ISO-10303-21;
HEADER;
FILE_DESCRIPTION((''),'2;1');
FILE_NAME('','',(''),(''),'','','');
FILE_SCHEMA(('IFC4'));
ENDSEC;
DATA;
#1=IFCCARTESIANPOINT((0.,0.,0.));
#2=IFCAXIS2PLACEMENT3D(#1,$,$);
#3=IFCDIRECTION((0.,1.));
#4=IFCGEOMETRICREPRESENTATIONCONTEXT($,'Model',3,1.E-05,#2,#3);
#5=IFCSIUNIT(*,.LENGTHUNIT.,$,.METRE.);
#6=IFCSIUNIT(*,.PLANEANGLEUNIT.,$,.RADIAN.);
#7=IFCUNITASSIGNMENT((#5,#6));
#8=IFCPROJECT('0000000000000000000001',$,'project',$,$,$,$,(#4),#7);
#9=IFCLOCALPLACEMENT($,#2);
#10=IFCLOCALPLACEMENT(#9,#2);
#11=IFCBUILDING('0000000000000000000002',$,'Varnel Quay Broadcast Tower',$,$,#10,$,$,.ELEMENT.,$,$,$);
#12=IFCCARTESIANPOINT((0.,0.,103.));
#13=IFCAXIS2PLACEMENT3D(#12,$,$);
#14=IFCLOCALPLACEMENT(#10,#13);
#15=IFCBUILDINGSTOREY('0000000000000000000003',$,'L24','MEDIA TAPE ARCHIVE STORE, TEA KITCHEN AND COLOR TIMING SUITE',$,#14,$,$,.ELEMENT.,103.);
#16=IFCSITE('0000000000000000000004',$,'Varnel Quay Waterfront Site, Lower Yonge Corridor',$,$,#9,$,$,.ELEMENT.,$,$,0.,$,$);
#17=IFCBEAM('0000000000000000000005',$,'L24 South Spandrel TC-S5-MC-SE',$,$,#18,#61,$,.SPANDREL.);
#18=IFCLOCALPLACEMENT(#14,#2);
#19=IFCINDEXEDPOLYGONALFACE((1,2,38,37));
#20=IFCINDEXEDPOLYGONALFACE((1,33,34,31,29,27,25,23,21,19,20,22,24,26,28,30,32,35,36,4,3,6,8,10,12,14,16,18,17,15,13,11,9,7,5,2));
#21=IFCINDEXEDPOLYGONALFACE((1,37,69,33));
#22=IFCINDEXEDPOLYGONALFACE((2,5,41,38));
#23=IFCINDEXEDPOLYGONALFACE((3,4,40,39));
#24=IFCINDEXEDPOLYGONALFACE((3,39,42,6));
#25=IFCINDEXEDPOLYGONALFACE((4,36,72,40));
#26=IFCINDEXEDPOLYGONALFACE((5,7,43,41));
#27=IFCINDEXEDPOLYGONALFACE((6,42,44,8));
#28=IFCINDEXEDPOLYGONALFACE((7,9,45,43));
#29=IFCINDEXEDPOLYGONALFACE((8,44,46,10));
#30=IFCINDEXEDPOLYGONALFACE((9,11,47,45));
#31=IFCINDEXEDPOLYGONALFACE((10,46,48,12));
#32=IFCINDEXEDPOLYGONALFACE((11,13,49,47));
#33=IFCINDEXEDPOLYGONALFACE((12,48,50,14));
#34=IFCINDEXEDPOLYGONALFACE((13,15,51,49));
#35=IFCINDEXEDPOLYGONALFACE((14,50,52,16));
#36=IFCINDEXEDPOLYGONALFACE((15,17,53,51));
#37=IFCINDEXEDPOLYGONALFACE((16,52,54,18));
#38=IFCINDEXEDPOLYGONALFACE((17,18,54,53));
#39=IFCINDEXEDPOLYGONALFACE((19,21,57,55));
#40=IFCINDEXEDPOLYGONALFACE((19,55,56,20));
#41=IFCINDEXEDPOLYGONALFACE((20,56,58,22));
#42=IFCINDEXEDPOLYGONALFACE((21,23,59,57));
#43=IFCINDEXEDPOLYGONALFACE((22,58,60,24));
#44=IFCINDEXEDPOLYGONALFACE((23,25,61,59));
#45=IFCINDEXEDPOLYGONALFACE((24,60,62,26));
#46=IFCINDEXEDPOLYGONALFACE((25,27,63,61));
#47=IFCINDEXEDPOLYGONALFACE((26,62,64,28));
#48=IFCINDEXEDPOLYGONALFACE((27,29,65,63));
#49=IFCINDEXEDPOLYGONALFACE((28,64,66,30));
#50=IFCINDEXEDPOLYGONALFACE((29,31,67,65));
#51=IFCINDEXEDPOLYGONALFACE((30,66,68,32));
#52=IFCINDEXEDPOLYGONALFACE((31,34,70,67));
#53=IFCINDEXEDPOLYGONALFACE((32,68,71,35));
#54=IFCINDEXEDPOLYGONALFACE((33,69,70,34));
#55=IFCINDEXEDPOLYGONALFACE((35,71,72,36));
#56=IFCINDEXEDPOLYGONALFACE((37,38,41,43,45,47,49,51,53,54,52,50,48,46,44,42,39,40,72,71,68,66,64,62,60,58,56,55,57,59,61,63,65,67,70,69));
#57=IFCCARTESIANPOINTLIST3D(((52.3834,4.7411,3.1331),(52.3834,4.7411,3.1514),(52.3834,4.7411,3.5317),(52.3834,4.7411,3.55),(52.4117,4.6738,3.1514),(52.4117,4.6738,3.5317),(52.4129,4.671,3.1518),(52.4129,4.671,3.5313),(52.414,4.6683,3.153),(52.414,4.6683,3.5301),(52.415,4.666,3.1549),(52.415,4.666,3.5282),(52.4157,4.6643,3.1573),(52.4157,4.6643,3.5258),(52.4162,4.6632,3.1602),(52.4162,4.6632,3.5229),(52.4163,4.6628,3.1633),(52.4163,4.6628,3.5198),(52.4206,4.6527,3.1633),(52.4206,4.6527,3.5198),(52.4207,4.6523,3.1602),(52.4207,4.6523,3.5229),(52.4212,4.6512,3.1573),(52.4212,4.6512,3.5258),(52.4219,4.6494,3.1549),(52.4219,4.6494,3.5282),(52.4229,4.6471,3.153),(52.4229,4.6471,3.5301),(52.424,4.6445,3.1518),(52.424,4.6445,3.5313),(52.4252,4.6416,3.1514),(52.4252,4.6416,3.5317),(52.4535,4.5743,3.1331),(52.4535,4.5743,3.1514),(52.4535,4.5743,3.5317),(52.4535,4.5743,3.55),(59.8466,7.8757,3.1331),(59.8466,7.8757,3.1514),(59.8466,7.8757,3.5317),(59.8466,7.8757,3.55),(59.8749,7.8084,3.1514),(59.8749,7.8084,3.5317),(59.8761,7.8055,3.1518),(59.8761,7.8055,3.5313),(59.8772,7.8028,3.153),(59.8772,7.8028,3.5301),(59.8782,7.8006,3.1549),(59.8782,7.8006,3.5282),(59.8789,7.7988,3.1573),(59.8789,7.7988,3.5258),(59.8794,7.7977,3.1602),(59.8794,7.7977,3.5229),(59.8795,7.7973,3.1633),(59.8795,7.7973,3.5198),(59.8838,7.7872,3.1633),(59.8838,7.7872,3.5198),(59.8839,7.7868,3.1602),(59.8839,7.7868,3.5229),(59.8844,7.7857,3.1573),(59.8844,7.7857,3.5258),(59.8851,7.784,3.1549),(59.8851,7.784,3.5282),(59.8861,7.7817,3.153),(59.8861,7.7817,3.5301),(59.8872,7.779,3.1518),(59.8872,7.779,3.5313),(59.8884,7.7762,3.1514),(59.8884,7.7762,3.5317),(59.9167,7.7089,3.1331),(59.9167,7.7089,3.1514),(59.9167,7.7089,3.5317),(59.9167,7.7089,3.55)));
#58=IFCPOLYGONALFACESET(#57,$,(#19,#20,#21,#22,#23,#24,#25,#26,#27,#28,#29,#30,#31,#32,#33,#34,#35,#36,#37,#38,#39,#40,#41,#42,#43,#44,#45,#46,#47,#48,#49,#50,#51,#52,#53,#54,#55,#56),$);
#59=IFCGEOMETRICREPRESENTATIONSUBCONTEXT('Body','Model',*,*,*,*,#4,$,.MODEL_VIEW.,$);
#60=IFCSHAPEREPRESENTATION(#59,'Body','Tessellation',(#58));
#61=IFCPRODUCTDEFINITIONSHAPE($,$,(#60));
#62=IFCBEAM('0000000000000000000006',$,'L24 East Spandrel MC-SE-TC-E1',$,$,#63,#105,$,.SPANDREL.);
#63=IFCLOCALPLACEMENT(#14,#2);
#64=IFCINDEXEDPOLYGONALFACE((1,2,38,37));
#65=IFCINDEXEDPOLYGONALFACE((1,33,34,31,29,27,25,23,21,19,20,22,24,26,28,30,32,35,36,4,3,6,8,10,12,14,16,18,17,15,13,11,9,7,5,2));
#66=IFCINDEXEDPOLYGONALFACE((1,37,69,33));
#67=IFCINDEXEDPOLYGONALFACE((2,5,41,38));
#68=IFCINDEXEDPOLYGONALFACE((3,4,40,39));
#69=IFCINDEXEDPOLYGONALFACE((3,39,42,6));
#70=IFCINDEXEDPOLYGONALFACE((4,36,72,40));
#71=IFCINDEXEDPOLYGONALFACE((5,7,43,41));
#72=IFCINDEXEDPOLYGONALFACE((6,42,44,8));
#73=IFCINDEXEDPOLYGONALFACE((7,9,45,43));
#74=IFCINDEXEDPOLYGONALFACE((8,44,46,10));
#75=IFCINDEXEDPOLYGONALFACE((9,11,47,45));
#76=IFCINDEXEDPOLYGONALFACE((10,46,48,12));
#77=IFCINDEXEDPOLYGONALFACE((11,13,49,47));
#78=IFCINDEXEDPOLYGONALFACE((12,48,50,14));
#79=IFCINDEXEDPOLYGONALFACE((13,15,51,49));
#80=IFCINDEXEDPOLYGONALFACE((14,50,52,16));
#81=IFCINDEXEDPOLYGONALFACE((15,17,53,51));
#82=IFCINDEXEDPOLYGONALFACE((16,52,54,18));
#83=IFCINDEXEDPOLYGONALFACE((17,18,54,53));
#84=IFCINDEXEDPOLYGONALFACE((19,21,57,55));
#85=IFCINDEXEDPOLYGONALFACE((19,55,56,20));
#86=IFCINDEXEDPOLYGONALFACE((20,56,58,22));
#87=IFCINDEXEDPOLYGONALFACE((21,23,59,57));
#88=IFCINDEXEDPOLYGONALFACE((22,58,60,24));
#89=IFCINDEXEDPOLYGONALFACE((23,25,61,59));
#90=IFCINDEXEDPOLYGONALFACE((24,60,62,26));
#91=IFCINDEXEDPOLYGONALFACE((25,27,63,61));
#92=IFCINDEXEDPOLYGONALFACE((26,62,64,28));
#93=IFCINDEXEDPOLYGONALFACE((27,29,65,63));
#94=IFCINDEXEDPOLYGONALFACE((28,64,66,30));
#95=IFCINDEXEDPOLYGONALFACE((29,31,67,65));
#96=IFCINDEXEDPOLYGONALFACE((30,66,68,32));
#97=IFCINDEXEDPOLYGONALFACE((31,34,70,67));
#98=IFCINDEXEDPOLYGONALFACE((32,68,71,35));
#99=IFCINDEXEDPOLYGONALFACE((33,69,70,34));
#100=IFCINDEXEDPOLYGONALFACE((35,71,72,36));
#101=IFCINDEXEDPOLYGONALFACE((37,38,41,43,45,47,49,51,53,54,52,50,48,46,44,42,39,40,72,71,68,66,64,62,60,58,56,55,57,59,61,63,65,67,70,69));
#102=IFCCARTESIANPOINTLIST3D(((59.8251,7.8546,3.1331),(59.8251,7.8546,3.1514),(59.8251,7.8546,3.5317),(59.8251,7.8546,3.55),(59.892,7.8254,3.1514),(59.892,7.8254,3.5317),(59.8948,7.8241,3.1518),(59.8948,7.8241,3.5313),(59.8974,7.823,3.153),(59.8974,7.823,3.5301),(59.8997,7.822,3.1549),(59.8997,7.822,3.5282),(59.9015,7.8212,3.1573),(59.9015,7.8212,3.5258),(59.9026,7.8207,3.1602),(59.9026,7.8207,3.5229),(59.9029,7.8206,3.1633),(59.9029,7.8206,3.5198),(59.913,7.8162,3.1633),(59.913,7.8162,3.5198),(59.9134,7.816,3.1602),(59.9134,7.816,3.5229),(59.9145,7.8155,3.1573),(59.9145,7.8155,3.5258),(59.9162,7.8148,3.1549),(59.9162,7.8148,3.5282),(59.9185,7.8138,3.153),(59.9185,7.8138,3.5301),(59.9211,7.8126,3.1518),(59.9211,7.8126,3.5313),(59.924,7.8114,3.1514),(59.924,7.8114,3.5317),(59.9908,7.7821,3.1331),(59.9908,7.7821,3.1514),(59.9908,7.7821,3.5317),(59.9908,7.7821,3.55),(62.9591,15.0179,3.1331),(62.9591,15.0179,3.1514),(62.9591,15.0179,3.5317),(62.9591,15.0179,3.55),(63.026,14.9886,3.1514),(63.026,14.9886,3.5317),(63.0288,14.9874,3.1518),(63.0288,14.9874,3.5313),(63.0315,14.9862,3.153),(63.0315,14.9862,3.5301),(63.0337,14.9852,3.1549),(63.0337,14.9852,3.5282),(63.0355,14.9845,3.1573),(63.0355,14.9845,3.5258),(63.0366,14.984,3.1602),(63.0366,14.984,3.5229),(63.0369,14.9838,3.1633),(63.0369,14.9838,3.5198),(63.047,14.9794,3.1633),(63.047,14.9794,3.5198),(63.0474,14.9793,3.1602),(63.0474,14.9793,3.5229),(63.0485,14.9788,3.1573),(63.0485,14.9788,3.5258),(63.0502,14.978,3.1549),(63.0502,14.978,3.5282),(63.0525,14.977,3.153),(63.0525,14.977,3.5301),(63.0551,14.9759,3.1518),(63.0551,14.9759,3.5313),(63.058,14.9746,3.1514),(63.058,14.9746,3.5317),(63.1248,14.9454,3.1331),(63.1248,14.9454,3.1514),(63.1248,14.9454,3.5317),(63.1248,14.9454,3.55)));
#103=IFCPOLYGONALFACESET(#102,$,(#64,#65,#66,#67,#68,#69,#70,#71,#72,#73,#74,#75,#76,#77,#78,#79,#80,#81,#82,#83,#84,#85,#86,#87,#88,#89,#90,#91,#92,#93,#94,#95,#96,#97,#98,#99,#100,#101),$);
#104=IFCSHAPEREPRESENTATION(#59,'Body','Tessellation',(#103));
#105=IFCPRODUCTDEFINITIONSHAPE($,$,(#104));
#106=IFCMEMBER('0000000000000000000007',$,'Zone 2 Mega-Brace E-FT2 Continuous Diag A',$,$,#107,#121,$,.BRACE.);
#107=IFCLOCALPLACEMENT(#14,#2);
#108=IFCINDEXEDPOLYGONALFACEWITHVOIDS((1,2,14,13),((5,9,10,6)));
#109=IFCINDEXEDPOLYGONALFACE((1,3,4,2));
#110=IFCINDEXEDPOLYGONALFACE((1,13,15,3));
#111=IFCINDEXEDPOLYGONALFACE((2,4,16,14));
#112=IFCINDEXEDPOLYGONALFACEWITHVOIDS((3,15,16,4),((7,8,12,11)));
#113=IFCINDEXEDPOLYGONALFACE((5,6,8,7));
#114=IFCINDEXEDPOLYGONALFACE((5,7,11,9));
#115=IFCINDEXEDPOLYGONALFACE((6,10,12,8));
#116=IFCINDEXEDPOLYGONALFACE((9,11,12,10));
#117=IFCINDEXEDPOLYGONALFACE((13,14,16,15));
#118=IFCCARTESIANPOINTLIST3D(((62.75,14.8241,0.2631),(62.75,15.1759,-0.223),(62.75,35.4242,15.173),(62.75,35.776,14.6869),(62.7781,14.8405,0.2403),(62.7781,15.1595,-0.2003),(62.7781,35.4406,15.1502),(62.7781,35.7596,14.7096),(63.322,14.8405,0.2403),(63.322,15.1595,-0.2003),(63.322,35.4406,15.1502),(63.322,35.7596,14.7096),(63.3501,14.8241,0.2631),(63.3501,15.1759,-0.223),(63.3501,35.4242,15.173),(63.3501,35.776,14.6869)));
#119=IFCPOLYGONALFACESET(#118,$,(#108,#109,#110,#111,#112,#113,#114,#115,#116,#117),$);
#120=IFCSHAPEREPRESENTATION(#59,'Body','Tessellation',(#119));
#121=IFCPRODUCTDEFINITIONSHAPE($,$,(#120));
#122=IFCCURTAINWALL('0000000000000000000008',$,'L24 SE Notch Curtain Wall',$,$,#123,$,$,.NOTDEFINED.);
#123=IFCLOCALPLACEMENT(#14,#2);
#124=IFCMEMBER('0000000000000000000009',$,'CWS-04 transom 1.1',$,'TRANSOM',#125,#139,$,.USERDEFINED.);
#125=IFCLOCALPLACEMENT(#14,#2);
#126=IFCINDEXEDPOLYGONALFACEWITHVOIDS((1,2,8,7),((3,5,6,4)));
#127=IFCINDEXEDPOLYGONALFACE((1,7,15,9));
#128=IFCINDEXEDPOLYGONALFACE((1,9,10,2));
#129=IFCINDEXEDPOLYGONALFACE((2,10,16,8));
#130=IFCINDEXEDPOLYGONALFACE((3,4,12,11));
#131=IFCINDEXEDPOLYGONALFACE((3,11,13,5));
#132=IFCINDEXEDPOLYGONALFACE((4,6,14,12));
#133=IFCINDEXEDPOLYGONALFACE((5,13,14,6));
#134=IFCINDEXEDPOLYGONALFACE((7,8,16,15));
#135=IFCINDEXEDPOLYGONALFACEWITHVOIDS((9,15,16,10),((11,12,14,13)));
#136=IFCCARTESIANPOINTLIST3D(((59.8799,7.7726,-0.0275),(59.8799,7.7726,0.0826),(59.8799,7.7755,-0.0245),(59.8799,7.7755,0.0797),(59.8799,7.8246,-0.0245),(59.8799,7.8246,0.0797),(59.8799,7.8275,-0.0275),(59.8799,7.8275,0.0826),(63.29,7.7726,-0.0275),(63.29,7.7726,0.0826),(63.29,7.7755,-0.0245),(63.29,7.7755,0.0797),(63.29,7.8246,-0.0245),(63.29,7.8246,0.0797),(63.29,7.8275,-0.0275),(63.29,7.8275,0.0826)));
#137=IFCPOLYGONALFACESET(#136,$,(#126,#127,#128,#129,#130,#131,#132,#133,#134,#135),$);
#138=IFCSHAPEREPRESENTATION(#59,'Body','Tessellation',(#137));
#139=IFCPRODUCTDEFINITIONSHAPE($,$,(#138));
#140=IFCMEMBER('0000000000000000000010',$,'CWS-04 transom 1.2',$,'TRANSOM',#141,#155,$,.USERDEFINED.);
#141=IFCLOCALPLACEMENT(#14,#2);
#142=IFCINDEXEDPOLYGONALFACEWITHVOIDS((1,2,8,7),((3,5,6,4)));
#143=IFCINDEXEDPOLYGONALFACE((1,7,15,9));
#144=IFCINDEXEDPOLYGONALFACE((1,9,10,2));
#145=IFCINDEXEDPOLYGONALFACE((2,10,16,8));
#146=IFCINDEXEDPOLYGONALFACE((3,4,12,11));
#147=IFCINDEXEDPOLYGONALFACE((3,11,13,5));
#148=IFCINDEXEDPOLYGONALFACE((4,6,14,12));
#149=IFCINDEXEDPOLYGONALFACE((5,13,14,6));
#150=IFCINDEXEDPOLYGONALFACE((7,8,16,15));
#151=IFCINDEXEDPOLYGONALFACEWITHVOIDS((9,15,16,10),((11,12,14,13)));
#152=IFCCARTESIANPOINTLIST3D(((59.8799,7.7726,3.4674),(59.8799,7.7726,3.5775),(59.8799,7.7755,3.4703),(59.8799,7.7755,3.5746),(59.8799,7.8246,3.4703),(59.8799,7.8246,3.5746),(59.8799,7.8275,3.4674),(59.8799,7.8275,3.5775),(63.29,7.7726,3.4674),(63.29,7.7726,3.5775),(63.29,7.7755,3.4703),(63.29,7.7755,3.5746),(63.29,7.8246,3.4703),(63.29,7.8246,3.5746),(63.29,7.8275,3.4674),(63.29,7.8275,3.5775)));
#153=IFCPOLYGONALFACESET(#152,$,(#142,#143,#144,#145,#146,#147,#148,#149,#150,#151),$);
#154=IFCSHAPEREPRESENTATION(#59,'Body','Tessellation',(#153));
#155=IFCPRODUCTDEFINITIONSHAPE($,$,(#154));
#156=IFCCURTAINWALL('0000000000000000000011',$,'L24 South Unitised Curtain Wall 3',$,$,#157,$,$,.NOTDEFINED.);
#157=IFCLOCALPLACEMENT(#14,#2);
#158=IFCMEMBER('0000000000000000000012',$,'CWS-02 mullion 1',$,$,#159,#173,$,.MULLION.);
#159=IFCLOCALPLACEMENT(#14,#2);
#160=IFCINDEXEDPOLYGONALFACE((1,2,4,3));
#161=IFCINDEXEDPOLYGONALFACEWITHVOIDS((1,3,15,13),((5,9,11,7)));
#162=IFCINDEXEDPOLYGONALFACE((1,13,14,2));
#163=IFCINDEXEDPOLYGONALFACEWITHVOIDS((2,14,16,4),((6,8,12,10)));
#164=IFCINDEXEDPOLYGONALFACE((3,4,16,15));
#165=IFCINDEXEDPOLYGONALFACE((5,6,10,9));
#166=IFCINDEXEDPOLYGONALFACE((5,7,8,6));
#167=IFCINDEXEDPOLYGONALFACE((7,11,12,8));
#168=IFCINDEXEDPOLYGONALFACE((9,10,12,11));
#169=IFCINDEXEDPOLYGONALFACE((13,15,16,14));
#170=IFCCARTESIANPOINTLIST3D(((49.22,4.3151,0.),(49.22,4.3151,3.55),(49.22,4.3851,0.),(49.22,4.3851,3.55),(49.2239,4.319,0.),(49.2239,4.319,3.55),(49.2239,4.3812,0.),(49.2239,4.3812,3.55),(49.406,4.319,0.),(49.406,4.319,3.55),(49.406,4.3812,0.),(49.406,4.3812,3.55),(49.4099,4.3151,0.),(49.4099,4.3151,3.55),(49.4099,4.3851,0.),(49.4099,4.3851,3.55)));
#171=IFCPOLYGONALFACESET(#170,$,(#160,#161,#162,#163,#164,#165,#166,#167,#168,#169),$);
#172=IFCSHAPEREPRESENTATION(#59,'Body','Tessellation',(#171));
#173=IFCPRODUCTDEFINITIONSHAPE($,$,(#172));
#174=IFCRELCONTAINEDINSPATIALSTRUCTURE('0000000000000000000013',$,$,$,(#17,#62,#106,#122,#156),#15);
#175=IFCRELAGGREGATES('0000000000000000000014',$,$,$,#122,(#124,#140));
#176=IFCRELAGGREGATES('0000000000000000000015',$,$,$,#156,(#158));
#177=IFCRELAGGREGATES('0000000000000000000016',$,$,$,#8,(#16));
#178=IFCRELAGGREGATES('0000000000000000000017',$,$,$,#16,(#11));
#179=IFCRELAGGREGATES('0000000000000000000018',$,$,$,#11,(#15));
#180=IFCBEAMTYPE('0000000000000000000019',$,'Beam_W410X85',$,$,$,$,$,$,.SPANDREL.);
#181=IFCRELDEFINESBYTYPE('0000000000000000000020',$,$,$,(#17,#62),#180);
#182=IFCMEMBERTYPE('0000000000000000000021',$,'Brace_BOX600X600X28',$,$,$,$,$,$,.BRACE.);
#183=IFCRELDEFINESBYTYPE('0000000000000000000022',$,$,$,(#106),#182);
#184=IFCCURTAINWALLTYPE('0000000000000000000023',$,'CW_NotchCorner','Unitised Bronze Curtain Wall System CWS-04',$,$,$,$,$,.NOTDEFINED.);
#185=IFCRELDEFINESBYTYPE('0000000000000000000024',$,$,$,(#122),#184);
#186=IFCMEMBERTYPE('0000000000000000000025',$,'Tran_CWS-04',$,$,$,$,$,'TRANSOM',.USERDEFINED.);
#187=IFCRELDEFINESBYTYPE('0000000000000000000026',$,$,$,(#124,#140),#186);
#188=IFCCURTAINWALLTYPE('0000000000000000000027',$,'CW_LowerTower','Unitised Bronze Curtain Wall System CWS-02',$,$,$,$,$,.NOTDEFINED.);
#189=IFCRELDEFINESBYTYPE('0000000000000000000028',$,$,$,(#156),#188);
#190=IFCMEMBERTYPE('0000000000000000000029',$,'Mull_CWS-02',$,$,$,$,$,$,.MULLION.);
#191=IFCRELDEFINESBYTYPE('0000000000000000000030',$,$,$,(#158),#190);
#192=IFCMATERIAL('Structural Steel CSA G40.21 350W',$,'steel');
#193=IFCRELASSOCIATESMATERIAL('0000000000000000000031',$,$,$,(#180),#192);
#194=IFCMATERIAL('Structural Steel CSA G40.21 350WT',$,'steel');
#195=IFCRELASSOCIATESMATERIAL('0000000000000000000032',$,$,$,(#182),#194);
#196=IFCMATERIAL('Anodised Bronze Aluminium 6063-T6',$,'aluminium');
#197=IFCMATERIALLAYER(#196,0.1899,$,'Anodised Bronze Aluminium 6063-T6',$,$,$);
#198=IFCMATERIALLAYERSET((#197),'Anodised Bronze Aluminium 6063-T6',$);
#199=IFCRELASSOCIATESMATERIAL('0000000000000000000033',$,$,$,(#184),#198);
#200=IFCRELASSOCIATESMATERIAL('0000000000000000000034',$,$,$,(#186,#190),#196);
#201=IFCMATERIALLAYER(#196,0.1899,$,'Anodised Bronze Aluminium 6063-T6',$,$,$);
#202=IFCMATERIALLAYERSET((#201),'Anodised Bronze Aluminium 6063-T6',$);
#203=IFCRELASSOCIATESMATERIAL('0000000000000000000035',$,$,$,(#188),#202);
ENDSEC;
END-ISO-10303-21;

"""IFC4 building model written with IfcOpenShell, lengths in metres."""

from ifc_helpers import new_model, si_unit, direction, frame, origin, origin_2d, place, context, subcontext, project, spatial, hollow_rectangle, i_section, extrude, source, transform, mapped, material, layer, layer_set, material_profile, profile_set, type_object, type_shapes, element, aggregate, save


model = new_model("IFC4")

# Units and contexts
model_context = context("Model", 3, precision=1e-05, world=origin(), true_north=direction((0.0, 1.0)))
body_context = subcontext(model_context, "Body", "Model", "MODEL_VIEW")
ifc_project = project(units=[si_unit("LENGTHUNIT", "METRE"), si_unit("PLANEANGLEUNIT", "RADIAN")], contexts=[model_context])

# Site, building, storey
site_placement = place(None, origin())
site = spatial("IfcSite", under=ifc_project, at=site_placement, Name="Varnel Quay Waterfront Site, Lower Yonge Corridor", CompositionType="ELEMENT", RefElevation=0.0)
building_placement = place(site_placement, origin())
building = spatial("IfcBuilding", under=site, at=building_placement, Name="Varnel Quay Broadcast Tower", CompositionType="ELEMENT")
storey_placement = place(building_placement, frame((0.0, 0.0, 103.0)))
storey = spatial("IfcBuildingStorey", under=building, at=storey_placement, Name="L24", Description="MEDIA TAPE ARCHIVE STORE, TEA KITCHEN AND COLOR TIMING SUITE", CompositionType="ELEMENT", Elevation=103.0)

# Shared definitions
ifc_material_1 = material(Name="Structural Steel CSA G40.21 350WT", Category="steel")
ifc_material_2 = material(Name="Structural Steel CSA G40.21 350W", Category="steel")

# Beams
ifc_material_profile_1 = material_profile(ifc_material_2, i_section(OverallWidth=0.1809, OverallDepth=0.417, WebThickness=0.011, FlangeThickness=0.0183, FilletRadius=0.012, at=origin_2d()), Name="W410X85")
ifc_profile_set_1 = profile_set([ifc_material_profile_1], Name="Structural Steel CSA G40.21 350W")
beam_type = type_object("IfcBeamType", Name="Beam_W410X85", PredefinedType="SPANDREL", material=ifc_profile_set_1)
shared_shape_1 = source(origin(), body_context, "Body", "SweptSolid", [
    extrude(i_section(OverallWidth=0.1809, OverallDepth=0.417, WebThickness=0.011, FlangeThickness=0.0183, FilletRadius=0.012, at=origin_2d()), origin(), (0.0, 0.0, 1.0), 8.0947),
])
beam_1_placement = place(storey_placement, frame((52.4185, 4.6577, 3.3416), z_axis=(0.921982, 0.387233, 0.0), x_axis=(-0.387233, 0.921982, 0.0)))
element("IfcBeam", 1, at=beam_1_placement, inside=storey, type_object=beam_type, Name="L24 South Spandrel TC-S5-MC-SE", PredefinedType="SPANDREL", context=body_context, shape_type="MappedRepresentation", body=[
    mapped(shared_shape_1, transform((0.0, 0.0, 0.0), x_axis=(1.0, 0.0, 0.0), y_axis=(0.0, 1.0, 0.0), z_axis=(0.0, 0.0, 1.0), scale=1.0)),
])
shared_shape_2 = source(origin(), body_context, "Body", "SweptSolid", [
    extrude(i_section(OverallWidth=0.1809, OverallDepth=0.417, WebThickness=0.011, FlangeThickness=0.0183, FilletRadius=0.012, at=origin_2d()), origin(), (0.0, 0.0, 1.0), 7.8188),
])
beam_2_placement = place(storey_placement, frame((59.908, 7.8184, 3.3416), z_axis=(0.400827, 0.916154, 0.0), x_axis=(-0.916154, 0.400827, 0.0)))
element("IfcBeam", 2, at=beam_2_placement, inside=storey, type_object=beam_type, Name="L24 East Spandrel MC-SE-TC-E1", PredefinedType="SPANDREL", context=body_context, shape_type="MappedRepresentation", body=[
    mapped(shared_shape_2, transform((0.0, 0.0, 0.0), x_axis=(1.0, 0.0, 0.0), y_axis=(0.0, 1.0, 0.0), z_axis=(0.0, 0.0, 1.0), scale=1.0)),
])

# Member
ifc_material_profile_2 = material_profile(ifc_material_1, hollow_rectangle(XDim=0.6001, YDim=0.6001, WallThickness=0.0281, at=origin_2d()), Name="BOX600X600X28")
ifc_profile_set_2 = profile_set([ifc_material_profile_2], Name="Structural Steel CSA G40.21 350WT")
member_type_1 = type_object("IfcMemberType", Name="Brace_BOX600X600X28", PredefinedType="BRACE", material=ifc_profile_set_2)
shared_shape_3 = source(origin(), body_context, "Body", "SweptSolid", [
    extrude(hollow_rectangle(XDim=0.6001, YDim=0.6001, WallThickness=0.0281, at=origin_2d()), origin(), (0.0, 0.0, 1.0), 25.4297),
])
type_shapes(member_type_1, [shared_shape_3])
member_1_placement = place(storey_placement, frame((63.05, 15.0, 0.02), z_axis=(0.0, 0.81008, 0.586319), x_axis=(-1.0, 0.0, 0.0)))
element("IfcMember", 3, at=member_1_placement, inside=storey, type_object=member_type_1, Name="Zone 2 Mega-Brace E-FT2 Continuous Diag A", PredefinedType="BRACE", context=body_context, shape_type="MappedRepresentation", body=[
    mapped(shared_shape_3, transform((0.0, 0.0, 0.0), x_axis=(1.0, 0.0, 0.0), y_axis=(0.0, 1.0, 0.0), z_axis=(0.0, 0.0, 1.0), scale=1.0)),
])

# Curtain walls, members
ifc_material_3 = material(Name="Anodised Bronze Aluminium 6063-T6", Category="aluminium")
ifc_layer_1 = layer(ifc_material_3, 0.1899, Name="Anodised Bronze Aluminium 6063-T6")
ifc_layer_set_1 = layer_set([ifc_layer_1], Name="Anodised Bronze Aluminium 6063-T6")
curtain_wall_type_1 = type_object("IfcCurtainWallType", Name="CW_NotchCorner", Description="Unitised Bronze Curtain Wall System CWS-04", PredefinedType="NOTDEFINED", material=ifc_layer_set_1)
curtain_wall_1_placement = place(storey_placement, origin())
curtain_wall_1 = element("IfcCurtainWall", 4, at=curtain_wall_1_placement, inside=storey, type_object=curtain_wall_type_1, Name="L24 SE Notch Curtain Wall", PredefinedType="NOTDEFINED")
ifc_material_profile_3 = material_profile(ifc_material_3, hollow_rectangle(XDim=0.0549, YDim=0.1101, WallThickness=0.0029, at=origin_2d()), Name="ALU55X110X3")
ifc_profile_set_3 = profile_set([ifc_material_profile_3], Name="Anodised Bronze Aluminium 6063-T6")
member_type_2 = type_object("IfcMemberType", Name="Tran_CWS-04", ElementType="TRANSOM", PredefinedType="USERDEFINED", material=ifc_profile_set_3)
shared_shape_4 = source(origin(), body_context, "Body", "SweptSolid", [
    extrude(hollow_rectangle(XDim=0.0549, YDim=0.1101, WallThickness=0.0029, at=origin_2d()), origin(), (0.0, 0.0, 1.0), 3.4102),
])
type_shapes(member_type_2, [shared_shape_4])
member_2_placement = place(storey_placement, frame((59.8799, 7.8, 0.0276), z_axis=(1.0, 0.0, 0.0), x_axis=(0.0, 1.0, 0.0)))
member_2 = element("IfcMember", 5, at=member_2_placement, type_object=member_type_2, Name="CWS-04 transom 1.1", ObjectType="TRANSOM", PredefinedType="USERDEFINED", context=body_context, shape_type="MappedRepresentation", body=[
    mapped(shared_shape_4, transform((0.0, 0.0, 0.0), x_axis=(1.0, 0.0, 0.0), y_axis=(0.0, 1.0, 0.0), z_axis=(0.0, 0.0, 1.0), scale=1.0)),
])
member_3_placement = place(storey_placement, frame((59.8799, 7.8, 3.5225), z_axis=(1.0, 0.0, 0.0), x_axis=(0.0, 1.0, 0.0)))
member_3 = element("IfcMember", 6, at=member_3_placement, type_object=member_type_2, Name="CWS-04 transom 1.2", ObjectType="TRANSOM", PredefinedType="USERDEFINED", context=body_context, shape_type="MappedRepresentation", body=[
    mapped(shared_shape_4, transform((0.0, 0.0, 0.0), x_axis=(1.0, 0.0, 0.0), y_axis=(0.0, 1.0, 0.0), z_axis=(0.0, 0.0, 1.0), scale=1.0)),
])
ifc_layer_2 = layer(ifc_material_3, 0.1899, Name="Anodised Bronze Aluminium 6063-T6")
ifc_layer_set_2 = layer_set([ifc_layer_2], Name="Anodised Bronze Aluminium 6063-T6")
curtain_wall_type_2 = type_object("IfcCurtainWallType", Name="CW_LowerTower", Description="Unitised Bronze Curtain Wall System CWS-02", PredefinedType="NOTDEFINED", material=ifc_layer_set_2)
curtain_wall_2_placement = place(storey_placement, origin())
curtain_wall_2 = element("IfcCurtainWall", 7, at=curtain_wall_2_placement, inside=storey, type_object=curtain_wall_type_2, Name="L24 South Unitised Curtain Wall 3", PredefinedType="NOTDEFINED")
ifc_material_profile_4 = material_profile(ifc_material_3, hollow_rectangle(XDim=0.0701, YDim=0.1899, WallThickness=0.0039, at=origin_2d()), Name="ALU70X190X4")
ifc_profile_set_4 = profile_set([ifc_material_profile_4], Name="Anodised Bronze Aluminium 6063-T6")
member_type_3 = type_object("IfcMemberType", Name="Mull_CWS-02", PredefinedType="MULLION", material=ifc_profile_set_4)
shared_shape_5 = source(origin(), body_context, "Body", "SweptSolid", [
    extrude(hollow_rectangle(XDim=0.0701, YDim=0.1899, WallThickness=0.0039, at=origin_2d()), origin(), (0.0, 0.0, 1.0), 3.55),
])
type_shapes(member_type_3, [shared_shape_5])
member_4_placement = place(storey_placement, frame((49.3149, 4.3501, 0.0), z_axis=(0.0, 0.0, 1.0), x_axis=(0.0, 1.0, 0.0)))
member_4 = element("IfcMember", 8, at=member_4_placement, type_object=member_type_3, Name="CWS-02 mullion 1", PredefinedType="MULLION", context=body_context, shape_type="MappedRepresentation", body=[
    mapped(shared_shape_5, transform((0.0, 0.0, 0.0), x_axis=(1.0, 0.0, 0.0), y_axis=(0.0, 1.0, 0.0), z_axis=(0.0, 0.0, 1.0), scale=1.0)),
])

aggregate(curtain_wall_1, [member_2, member_3])
aggregate(curtain_wall_2, [member_4])

save(model, "model.ifc")
